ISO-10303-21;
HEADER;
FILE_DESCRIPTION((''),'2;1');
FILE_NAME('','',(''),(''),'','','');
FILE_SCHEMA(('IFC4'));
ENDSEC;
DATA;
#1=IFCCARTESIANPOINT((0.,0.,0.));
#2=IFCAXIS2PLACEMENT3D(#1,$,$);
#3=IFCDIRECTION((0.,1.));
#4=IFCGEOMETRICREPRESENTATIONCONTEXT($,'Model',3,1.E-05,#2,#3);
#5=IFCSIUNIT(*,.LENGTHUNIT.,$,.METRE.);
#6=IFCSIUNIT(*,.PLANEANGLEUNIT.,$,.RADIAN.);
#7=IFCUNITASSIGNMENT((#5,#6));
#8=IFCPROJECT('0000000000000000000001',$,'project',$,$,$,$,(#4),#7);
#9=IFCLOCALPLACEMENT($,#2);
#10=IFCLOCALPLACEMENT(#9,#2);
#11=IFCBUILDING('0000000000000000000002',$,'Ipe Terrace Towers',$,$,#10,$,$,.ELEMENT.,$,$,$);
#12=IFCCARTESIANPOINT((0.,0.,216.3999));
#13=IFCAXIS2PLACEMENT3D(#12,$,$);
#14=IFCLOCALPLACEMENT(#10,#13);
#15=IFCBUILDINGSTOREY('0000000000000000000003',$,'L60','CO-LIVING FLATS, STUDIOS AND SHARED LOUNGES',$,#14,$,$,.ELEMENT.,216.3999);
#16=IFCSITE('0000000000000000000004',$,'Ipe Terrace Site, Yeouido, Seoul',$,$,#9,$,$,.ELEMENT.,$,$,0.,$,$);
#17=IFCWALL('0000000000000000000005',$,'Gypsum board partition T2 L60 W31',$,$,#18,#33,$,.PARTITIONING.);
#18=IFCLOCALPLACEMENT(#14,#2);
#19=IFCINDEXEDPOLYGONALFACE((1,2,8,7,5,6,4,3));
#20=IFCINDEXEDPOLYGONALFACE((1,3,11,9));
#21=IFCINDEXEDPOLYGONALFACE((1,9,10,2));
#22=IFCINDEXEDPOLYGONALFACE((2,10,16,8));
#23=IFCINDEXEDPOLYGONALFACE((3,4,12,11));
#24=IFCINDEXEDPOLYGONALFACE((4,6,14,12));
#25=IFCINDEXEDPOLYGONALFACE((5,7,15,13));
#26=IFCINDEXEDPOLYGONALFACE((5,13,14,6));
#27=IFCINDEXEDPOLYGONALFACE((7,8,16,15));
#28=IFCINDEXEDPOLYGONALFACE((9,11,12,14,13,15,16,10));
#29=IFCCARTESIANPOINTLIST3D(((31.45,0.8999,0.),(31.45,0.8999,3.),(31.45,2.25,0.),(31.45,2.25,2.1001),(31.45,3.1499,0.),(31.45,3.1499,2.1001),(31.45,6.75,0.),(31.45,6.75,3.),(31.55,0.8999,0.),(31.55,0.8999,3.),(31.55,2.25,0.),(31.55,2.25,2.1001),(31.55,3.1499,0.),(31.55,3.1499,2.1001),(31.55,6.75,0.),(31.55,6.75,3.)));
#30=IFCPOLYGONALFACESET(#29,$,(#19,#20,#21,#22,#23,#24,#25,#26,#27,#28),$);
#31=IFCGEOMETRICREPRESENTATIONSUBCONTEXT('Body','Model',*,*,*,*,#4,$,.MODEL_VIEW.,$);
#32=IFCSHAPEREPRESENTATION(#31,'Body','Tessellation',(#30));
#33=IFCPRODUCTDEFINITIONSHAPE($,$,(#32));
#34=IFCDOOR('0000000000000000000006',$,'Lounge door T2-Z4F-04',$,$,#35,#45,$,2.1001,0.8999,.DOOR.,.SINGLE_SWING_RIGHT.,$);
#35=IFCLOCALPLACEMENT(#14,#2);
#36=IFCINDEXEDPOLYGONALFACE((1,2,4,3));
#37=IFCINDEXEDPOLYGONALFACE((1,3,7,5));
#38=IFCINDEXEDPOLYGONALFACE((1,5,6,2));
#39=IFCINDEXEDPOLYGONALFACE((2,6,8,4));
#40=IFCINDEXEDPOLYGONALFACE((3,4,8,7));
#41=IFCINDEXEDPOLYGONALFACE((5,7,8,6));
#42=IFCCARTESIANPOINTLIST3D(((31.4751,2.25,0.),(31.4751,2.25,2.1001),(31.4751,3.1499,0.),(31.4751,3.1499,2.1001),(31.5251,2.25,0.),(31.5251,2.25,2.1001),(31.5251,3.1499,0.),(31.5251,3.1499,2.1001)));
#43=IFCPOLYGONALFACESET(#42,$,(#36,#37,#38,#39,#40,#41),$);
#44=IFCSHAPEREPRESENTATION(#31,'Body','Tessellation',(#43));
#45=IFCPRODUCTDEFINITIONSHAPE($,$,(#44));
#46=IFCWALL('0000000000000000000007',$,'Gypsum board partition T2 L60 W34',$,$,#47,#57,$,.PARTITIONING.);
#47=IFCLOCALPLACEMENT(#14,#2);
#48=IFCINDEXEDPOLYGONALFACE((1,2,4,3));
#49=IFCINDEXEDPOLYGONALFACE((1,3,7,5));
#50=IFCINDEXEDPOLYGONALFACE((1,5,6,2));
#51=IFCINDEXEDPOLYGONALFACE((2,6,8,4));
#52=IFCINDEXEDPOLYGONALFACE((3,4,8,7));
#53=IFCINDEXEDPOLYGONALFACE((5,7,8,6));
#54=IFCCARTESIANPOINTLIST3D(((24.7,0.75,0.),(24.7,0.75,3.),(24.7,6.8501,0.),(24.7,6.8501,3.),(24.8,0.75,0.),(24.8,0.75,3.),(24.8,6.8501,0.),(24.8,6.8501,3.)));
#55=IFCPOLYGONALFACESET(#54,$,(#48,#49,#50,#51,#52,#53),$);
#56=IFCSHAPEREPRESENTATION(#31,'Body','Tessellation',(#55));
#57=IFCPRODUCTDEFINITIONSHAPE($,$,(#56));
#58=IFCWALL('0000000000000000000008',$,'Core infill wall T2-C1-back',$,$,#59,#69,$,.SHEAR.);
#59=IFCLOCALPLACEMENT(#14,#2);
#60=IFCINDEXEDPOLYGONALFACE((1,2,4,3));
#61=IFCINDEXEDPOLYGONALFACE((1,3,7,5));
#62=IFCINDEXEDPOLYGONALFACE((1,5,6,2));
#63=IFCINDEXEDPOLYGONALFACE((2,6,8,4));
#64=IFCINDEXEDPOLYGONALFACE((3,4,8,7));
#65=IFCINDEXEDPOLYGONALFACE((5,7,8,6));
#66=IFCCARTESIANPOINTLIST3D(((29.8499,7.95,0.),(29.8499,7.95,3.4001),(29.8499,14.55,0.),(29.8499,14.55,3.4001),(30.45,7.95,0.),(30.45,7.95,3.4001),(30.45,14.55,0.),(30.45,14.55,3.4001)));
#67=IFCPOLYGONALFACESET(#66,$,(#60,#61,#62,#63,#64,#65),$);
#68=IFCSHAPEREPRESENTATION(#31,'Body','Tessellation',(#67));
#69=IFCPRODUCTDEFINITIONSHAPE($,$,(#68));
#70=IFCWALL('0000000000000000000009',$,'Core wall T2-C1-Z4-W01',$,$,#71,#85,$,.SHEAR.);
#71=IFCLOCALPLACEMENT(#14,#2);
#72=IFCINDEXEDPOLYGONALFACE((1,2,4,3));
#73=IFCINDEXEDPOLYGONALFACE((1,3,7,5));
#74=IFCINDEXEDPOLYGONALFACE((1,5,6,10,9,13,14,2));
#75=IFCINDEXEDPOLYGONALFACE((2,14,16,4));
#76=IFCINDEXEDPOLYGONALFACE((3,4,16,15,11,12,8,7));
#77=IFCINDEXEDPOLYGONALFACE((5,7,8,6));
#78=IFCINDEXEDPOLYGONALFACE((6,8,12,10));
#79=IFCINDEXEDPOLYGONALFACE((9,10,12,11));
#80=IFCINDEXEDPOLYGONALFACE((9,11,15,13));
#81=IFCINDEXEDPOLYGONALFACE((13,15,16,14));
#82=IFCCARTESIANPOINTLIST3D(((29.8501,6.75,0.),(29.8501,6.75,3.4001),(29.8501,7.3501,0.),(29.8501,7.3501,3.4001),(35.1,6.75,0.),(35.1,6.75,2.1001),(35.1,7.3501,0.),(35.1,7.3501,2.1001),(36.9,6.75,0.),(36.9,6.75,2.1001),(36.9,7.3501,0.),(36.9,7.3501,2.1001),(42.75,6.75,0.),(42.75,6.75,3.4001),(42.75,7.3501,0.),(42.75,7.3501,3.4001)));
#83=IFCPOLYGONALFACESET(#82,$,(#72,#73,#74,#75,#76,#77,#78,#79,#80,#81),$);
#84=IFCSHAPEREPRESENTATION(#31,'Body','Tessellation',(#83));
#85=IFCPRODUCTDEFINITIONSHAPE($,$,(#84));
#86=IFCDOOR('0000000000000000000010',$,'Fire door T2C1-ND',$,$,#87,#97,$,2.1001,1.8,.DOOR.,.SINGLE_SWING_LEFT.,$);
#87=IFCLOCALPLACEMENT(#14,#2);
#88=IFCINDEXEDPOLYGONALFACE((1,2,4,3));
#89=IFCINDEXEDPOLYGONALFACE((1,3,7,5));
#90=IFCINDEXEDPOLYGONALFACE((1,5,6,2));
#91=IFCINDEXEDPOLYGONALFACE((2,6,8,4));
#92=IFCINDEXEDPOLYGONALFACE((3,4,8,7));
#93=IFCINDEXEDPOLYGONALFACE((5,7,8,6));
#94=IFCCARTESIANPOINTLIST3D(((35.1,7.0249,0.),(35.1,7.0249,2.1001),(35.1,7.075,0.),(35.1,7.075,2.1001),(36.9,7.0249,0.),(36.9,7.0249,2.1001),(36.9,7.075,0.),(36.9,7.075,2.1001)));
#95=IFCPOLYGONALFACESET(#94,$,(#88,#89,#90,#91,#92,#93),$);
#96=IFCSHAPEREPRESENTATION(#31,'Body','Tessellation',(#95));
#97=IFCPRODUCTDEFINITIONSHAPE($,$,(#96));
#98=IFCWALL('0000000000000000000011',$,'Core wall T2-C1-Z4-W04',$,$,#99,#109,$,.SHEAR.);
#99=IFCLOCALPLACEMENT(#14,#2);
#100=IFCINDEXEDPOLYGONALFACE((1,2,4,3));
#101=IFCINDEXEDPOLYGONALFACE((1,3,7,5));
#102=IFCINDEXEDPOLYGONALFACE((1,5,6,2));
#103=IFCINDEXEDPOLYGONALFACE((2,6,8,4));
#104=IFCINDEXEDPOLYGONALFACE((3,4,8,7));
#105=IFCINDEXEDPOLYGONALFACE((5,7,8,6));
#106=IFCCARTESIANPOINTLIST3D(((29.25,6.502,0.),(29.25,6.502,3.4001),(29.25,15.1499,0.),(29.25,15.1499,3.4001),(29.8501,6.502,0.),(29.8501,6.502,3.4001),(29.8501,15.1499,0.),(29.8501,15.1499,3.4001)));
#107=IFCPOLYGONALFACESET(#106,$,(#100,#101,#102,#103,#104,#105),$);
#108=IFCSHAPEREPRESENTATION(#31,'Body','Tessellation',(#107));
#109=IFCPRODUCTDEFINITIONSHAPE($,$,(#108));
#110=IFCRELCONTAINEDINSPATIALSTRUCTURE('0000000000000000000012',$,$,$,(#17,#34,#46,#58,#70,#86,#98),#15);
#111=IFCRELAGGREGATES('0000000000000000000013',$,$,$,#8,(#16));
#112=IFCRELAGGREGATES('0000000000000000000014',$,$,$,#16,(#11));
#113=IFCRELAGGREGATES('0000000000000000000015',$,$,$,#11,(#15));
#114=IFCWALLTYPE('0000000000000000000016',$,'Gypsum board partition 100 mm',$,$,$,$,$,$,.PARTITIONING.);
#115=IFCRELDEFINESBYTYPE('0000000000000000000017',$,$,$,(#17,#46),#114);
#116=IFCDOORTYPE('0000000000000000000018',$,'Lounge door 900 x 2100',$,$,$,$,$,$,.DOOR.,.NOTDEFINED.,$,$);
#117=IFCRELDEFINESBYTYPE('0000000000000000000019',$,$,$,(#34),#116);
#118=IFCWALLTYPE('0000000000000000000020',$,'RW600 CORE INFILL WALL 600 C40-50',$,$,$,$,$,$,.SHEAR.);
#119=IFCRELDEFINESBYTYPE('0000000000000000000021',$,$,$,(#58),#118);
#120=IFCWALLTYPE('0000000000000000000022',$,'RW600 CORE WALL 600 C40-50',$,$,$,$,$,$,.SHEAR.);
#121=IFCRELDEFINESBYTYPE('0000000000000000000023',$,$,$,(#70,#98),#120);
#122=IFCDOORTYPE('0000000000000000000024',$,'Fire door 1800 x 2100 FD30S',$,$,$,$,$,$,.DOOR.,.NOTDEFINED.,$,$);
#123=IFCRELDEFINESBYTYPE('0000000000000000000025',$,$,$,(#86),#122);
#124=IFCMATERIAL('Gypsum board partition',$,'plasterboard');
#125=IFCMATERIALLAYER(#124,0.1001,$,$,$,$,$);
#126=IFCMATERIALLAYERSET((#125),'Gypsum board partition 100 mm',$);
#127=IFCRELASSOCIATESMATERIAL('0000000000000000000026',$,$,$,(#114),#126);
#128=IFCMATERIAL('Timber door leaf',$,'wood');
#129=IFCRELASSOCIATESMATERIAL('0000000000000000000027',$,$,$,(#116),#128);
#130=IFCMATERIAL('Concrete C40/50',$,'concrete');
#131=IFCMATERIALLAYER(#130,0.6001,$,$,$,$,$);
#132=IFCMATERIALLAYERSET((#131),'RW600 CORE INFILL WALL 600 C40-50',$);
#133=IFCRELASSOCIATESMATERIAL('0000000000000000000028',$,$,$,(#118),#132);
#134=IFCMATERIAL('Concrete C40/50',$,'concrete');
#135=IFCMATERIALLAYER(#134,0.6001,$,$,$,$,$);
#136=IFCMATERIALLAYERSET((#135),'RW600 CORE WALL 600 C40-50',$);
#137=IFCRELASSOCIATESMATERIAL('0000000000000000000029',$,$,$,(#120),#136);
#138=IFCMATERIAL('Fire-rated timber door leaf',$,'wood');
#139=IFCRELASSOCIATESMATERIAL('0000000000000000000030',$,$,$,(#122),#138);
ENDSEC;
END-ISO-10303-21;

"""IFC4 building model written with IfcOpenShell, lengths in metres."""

from ifc_helpers import new_model, si_unit, direction, frame, frame_2d, origin, place, context, subcontext, project, spatial, rectangle, extrude, material, layer, layer_set, type_object, element, fill, save


model = new_model("IFC4")

# Units and contexts
model_context = context("Model", 3, precision=1e-05, world=origin(), true_north=direction((0.0, 1.0)))
body_context = subcontext(model_context, "Body", "Model", "MODEL_VIEW")
ifc_project = project(units=[si_unit("LENGTHUNIT", "METRE"), si_unit("PLANEANGLEUNIT", "RADIAN")], contexts=[model_context])

# Site, building, storey
site_placement = place(None, origin())
site = spatial("IfcSite", under=ifc_project, at=site_placement, Name="Ipe Terrace Site, Yeouido, Seoul", CompositionType="ELEMENT", RefElevation=0.0)
building_placement = place(site_placement, origin())
building = spatial("IfcBuilding", under=site, at=building_placement, Name="Ipe Terrace Towers", CompositionType="ELEMENT")
storey_placement = place(building_placement, frame((0.0, 0.0, 216.3999)))
storey = spatial("IfcBuildingStorey", under=building, at=storey_placement, Name="L60", Description="CO-LIVING FLATS, STUDIOS AND SHARED LOUNGES", CompositionType="ELEMENT", Elevation=216.3999)

# Shared definitions
ifc_material_1 = material(Name="Gypsum board partition", Category="plasterboard")
ifc_layer_1 = layer(ifc_material_1, 0.1001)
ifc_layer_set_1 = layer_set([ifc_layer_1], Name="Gypsum board partition 100 mm")
wall_type_1 = type_object("IfcWallType", Name="Gypsum board partition 100 mm", PredefinedType="PARTITIONING", material=ifc_layer_set_1)

# Shared definitions
ifc_material_2 = material(Name="Timber door leaf", Category="wood")
door_type_1 = type_object("IfcDoorType", Name="Lounge door 900 x 2100", OperationType="NOTDEFINED", PredefinedType="DOOR", material=ifc_material_2)

# Wall, opening, door
wall_1_placement = place(storey_placement, frame((31.5, 0.8999, 0.0), z_axis=(0.0, 0.0, 1.0), x_axis=(0.0, 1.0, 0.0)))
wall_1 = element("IfcWall", 1, at=wall_1_placement, inside=storey, type_object=wall_type_1, Name="Gypsum board partition T2 L60 W31", PredefinedType="PARTITIONING", context=body_context, shape_type="SweptSolid", body=[
    extrude(rectangle(XDim=5.8501, YDim=0.1001, at=frame_2d((2.925, 0.0))), origin(), (0.0, 0.0, 1.0), 3.0),
])
opening_1_placement = place(wall_1_placement, frame((1.3501, 0.0, 0.0)))
opening_1 = element("IfcOpeningElement", 2, at=opening_1_placement, cuts=wall_1, PredefinedType="OPENING", context=body_context, shape_type="SweptSolid", body=[
    extrude(rectangle(XDim=0.8999, YDim=2.1001, at=frame_2d((0.45, 1.05))), frame((0.0, 0.0601, 0.0), z_axis=(0.0, -1.0, 0.0), x_axis=(1.0, 0.0, 0.0)), (0.0, 0.0, 1.0), 0.1201),
])
door_1_placement = place(opening_1_placement, origin())
door_1 = element("IfcDoor", 3, at=door_1_placement, inside=storey, type_object=door_type_1, Name="Lounge door T2-Z4F-04", OperationType="SINGLE_SWING_RIGHT", OverallHeight=2.1001, OverallWidth=0.8999, PredefinedType="DOOR", context=body_context, shape_type="SweptSolid", body=[
    extrude(rectangle(XDim=0.8999, YDim=2.1001, at=frame_2d((0.45, 1.05))), frame((0.0, 0.0249, 0.0), z_axis=(0.0, -1.0, 0.0), x_axis=(1.0, 0.0, 0.0)), (0.0, 0.0, 1.0), 0.05),
])
fill(opening_1, door_1)

# Walls
wall_2_placement = place(storey_placement, frame((24.75, 0.75, 0.0), z_axis=(0.0, 0.0, 1.0), x_axis=(0.0, 1.0, 0.0)))
element("IfcWall", 4, at=wall_2_placement, inside=storey, type_object=wall_type_1, Name="Gypsum board partition T2 L60 W34", PredefinedType="PARTITIONING", context=body_context, shape_type="SweptSolid", body=[
    extrude(rectangle(XDim=6.1001, YDim=0.1001, at=frame_2d((3.05, 0.0))), origin(), (0.0, 0.0, 1.0), 3.0),
])
ifc_material_3 = material(Name="Concrete C40/50", Category="concrete")
ifc_layer_2 = layer(ifc_material_3, 0.6001)
ifc_layer_set_2 = layer_set([ifc_layer_2], Name="RW600 CORE INFILL WALL 600 C40-50")
wall_type_2 = type_object("IfcWallType", Name="RW600 CORE INFILL WALL 600 C40-50", PredefinedType="SHEAR", material=ifc_layer_set_2)
wall_3_placement = place(storey_placement, frame((30.1499, 7.95, 0.0), z_axis=(0.0, 0.0, 1.0), x_axis=(0.0, 1.0, 0.0)))
element("IfcWall", 5, at=wall_3_placement, inside=storey, type_object=wall_type_2, Name="Core infill wall T2-C1-back", PredefinedType="SHEAR", context=body_context, shape_type="SweptSolid", body=[
    extrude(rectangle(XDim=6.6001, YDim=0.6001, at=frame_2d((3.3, 0.0))), origin(), (0.0, 0.0, 1.0), 3.4001),
])

# Wall, opening, door
ifc_material_4 = material(Name="Concrete C40/50", Category="concrete")
ifc_layer_3 = layer(ifc_material_4, 0.6001)
ifc_layer_set_3 = layer_set([ifc_layer_3], Name="RW600 CORE WALL 600 C40-50")
wall_type_3 = type_object("IfcWallType", Name="RW600 CORE WALL 600 C40-50", PredefinedType="SHEAR", material=ifc_layer_set_3)
wall_4_placement = place(storey_placement, frame((29.8501, 7.05, 0.0), z_axis=(0.0, 0.0, 1.0), x_axis=(1.0, 0.0, 0.0)))
wall_4 = element("IfcWall", 6, at=wall_4_placement, inside=storey, type_object=wall_type_3, Name="Core wall T2-C1-Z4-W01", PredefinedType="SHEAR", context=body_context, shape_type="SweptSolid", body=[
    extrude(rectangle(XDim=12.8999, YDim=0.6001, at=frame_2d((6.45, 0.0))), origin(), (0.0, 0.0, 1.0), 3.4001),
])
opening_2_placement = place(wall_4_placement, frame((5.25, 0.0, 0.0)))
opening_2 = element("IfcOpeningElement", 7, at=opening_2_placement, cuts=wall_4, PredefinedType="OPENING", context=body_context, shape_type="SweptSolid", body=[
    extrude(rectangle(XDim=1.8, YDim=2.1001, at=frame_2d((0.8999, 1.05))), frame((0.0, 0.3101, 0.0), z_axis=(0.0, -1.0, 0.0), x_axis=(1.0, 0.0, 0.0)), (0.0, 0.0, 1.0), 0.6201),
])
ifc_material_5 = material(Name="Fire-rated timber door leaf", Category="wood")
door_type_2 = type_object("IfcDoorType", Name="Fire door 1800 x 2100 FD30S", OperationType="NOTDEFINED", PredefinedType="DOOR", material=ifc_material_5)
door_2_placement = place(opening_2_placement, origin())
door_2 = element("IfcDoor", 8, at=door_2_placement, inside=storey, type_object=door_type_2, Name="Fire door T2C1-ND", OperationType="SINGLE_SWING_LEFT", OverallHeight=2.1001, OverallWidth=1.8, PredefinedType="DOOR", context=body_context, shape_type="SweptSolid", body=[
    extrude(rectangle(XDim=1.8, YDim=2.1001, at=frame_2d((0.8999, 1.05))), frame((0.0, 0.0249, 0.0), z_axis=(0.0, -1.0, 0.0), x_axis=(1.0, 0.0, 0.0)), (0.0, 0.0, 1.0), 0.05),
])
fill(opening_2, door_2)

# Wall
wall_5_placement = place(storey_placement, frame((29.55, 15.1499, 0.0), z_axis=(0.0, 0.0, 1.0), x_axis=(0.0, -1.0, 0.0)))
element("IfcWall", 9, at=wall_5_placement, inside=storey, type_object=wall_type_3, Name="Core wall T2-C1-Z4-W04", PredefinedType="SHEAR", context=body_context, shape_type="SweptSolid", body=[
    extrude(rectangle(XDim=8.6479, YDim=0.6001, at=frame_2d((4.324, 0.0))), origin(), (0.0, 0.0, 1.0), 3.4001),
])

save(model, "model.ifc")
